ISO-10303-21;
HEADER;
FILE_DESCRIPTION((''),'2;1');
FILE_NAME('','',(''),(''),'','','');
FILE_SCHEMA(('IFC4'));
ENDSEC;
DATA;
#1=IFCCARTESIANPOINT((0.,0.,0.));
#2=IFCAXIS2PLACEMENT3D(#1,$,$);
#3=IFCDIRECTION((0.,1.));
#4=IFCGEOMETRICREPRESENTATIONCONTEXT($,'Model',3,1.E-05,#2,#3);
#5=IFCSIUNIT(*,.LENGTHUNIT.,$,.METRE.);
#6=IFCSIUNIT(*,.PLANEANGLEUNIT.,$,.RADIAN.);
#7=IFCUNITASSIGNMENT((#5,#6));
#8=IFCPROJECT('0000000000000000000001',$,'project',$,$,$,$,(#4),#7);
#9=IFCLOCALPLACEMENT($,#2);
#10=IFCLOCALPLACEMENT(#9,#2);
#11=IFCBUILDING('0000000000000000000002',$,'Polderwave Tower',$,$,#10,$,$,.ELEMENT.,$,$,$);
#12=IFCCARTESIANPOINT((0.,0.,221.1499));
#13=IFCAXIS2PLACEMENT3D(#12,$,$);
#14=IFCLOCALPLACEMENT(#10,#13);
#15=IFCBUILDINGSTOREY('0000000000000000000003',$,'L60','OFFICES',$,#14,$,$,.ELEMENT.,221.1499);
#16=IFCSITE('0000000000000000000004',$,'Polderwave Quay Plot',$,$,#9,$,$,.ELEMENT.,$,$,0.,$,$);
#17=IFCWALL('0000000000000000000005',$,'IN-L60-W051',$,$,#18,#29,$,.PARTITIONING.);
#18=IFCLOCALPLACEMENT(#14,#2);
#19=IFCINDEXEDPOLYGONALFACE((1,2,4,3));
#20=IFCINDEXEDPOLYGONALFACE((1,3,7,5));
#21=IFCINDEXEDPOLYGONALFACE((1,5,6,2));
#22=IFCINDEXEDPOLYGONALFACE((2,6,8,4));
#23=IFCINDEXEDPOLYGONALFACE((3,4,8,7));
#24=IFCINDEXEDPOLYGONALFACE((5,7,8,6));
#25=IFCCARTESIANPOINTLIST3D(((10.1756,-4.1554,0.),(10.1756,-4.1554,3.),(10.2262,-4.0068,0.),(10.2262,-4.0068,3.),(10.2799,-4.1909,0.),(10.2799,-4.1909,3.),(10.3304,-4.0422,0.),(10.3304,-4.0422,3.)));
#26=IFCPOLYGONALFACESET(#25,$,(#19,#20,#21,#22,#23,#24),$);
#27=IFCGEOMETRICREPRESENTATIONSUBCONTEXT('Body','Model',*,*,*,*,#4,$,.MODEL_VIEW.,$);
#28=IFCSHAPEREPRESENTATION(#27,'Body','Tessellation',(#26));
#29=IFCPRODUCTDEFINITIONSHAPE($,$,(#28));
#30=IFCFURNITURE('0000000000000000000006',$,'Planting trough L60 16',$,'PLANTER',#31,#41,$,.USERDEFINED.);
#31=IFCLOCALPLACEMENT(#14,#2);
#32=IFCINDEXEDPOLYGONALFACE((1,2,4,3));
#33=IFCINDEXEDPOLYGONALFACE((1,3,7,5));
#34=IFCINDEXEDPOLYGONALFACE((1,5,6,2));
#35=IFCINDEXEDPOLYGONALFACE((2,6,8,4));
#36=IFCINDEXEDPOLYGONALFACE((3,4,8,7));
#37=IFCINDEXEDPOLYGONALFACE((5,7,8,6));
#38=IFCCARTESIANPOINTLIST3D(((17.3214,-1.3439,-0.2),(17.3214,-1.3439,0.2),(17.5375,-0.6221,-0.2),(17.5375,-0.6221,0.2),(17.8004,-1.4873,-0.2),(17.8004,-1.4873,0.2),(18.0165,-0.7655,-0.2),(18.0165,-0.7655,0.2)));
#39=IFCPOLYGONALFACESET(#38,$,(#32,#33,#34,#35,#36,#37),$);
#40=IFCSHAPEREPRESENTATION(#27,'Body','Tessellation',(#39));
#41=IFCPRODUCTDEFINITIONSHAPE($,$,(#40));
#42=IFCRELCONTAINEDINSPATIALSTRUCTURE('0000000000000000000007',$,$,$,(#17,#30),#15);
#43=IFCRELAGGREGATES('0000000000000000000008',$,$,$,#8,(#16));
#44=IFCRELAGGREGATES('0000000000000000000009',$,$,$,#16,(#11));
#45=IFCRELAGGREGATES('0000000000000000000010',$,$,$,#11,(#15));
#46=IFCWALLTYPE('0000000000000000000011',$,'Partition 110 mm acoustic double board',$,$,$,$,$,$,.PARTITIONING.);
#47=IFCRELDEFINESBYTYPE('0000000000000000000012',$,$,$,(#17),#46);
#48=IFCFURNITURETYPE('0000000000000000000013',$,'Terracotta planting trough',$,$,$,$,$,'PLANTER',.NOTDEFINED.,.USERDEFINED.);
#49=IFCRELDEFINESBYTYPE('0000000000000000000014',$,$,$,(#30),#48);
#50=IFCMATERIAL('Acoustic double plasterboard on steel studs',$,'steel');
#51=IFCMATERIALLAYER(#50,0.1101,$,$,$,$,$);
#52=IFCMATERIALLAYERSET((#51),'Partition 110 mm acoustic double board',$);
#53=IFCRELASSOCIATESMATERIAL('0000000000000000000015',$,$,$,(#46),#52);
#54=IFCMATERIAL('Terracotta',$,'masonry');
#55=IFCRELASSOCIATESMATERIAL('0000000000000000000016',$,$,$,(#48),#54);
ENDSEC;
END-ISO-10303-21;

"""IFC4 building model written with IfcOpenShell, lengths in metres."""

from ifc_helpers import new_model, si_unit, direction, frame, frame_2d, origin, origin_2d, place, context, subcontext, project, spatial, rectangle, extrude, material, layer, layer_set, type_object, element, save


model = new_model("IFC4")

# Units and contexts
model_context = context("Model", 3, precision=1e-05, world=origin(), true_north=direction((0.0, 1.0)))
body_context = subcontext(model_context, "Body", "Model", "MODEL_VIEW")
ifc_project = project(units=[si_unit("LENGTHUNIT", "METRE"), si_unit("PLANEANGLEUNIT", "RADIAN")], contexts=[model_context])

# Site, building, storey
site_placement = place(None, origin())
site = spatial("IfcSite", under=ifc_project, at=site_placement, Name="Polderwave Quay Plot", CompositionType="ELEMENT", RefElevation=0.0)
building_placement = place(site_placement, origin())
building = spatial("IfcBuilding", under=site, at=building_placement, Name="Polderwave Tower", CompositionType="ELEMENT")
storey_placement = place(building_placement, frame((0.0, 0.0, 221.1499)))
storey = spatial("IfcBuildingStorey", under=building, at=storey_placement, Name="L60", Description="OFFICES", CompositionType="ELEMENT", Elevation=221.1499)

# Wall
ifc_material_1 = material(Name="Acoustic double plasterboard on steel studs", Category="steel")
ifc_layer_1 = layer(ifc_material_1, 0.1101)
ifc_layer_set_1 = layer_set([ifc_layer_1], Name="Partition 110 mm acoustic double board")
wall_type_1 = type_object("IfcWallType", Name="Partition 110 mm acoustic double board", PredefinedType="PARTITIONING", material=ifc_layer_set_1)
wall_1_placement = place(storey_placement, frame((10.2783, -4.0244, 0.0), z_axis=(0.0, 0.0, 1.0), x_axis=(-0.321819, -0.946801, 0.0)))
element("IfcWall", 1, at=wall_1_placement, inside=storey, type_object=wall_type_1, Name="IN-L60-W051", PredefinedType="PARTITIONING", context=body_context, shape_type="SweptSolid", body=[
    extrude(rectangle(XDim=0.157, YDim=0.1101, at=frame_2d((0.0786, 0.0))), origin(), (0.0, 0.0, 1.0), 3.0),
])

# Furniture
ifc_material_2 = material(Name="Terracotta", Category="masonry")
furniture_type = type_object("IfcFurnitureType", Name="Terracotta planting trough", ElementType="PLANTER", AssemblyPlace="NOTDEFINED", PredefinedType="USERDEFINED", material=ifc_material_2)
furniture_placement = place(storey_placement, frame((17.6689, -1.0547, -0.2), z_axis=(0.0, 0.0, 1.0), x_axis=(0.286829, 0.957982, 0.0)))
element("IfcFurniture", 2, at=furniture_placement, inside=storey, type_object=furniture_type, Name="Planting trough L60 16", ObjectType="PLANTER", PredefinedType="USERDEFINED", context=body_context, shape_type="SweptSolid", body=[
    extrude(rectangle(XDim=0.7534, YDim=0.5, at=origin_2d()), origin(), (0.0, 0.0, 1.0), 0.3999),
])

save(model, "model.ifc")
